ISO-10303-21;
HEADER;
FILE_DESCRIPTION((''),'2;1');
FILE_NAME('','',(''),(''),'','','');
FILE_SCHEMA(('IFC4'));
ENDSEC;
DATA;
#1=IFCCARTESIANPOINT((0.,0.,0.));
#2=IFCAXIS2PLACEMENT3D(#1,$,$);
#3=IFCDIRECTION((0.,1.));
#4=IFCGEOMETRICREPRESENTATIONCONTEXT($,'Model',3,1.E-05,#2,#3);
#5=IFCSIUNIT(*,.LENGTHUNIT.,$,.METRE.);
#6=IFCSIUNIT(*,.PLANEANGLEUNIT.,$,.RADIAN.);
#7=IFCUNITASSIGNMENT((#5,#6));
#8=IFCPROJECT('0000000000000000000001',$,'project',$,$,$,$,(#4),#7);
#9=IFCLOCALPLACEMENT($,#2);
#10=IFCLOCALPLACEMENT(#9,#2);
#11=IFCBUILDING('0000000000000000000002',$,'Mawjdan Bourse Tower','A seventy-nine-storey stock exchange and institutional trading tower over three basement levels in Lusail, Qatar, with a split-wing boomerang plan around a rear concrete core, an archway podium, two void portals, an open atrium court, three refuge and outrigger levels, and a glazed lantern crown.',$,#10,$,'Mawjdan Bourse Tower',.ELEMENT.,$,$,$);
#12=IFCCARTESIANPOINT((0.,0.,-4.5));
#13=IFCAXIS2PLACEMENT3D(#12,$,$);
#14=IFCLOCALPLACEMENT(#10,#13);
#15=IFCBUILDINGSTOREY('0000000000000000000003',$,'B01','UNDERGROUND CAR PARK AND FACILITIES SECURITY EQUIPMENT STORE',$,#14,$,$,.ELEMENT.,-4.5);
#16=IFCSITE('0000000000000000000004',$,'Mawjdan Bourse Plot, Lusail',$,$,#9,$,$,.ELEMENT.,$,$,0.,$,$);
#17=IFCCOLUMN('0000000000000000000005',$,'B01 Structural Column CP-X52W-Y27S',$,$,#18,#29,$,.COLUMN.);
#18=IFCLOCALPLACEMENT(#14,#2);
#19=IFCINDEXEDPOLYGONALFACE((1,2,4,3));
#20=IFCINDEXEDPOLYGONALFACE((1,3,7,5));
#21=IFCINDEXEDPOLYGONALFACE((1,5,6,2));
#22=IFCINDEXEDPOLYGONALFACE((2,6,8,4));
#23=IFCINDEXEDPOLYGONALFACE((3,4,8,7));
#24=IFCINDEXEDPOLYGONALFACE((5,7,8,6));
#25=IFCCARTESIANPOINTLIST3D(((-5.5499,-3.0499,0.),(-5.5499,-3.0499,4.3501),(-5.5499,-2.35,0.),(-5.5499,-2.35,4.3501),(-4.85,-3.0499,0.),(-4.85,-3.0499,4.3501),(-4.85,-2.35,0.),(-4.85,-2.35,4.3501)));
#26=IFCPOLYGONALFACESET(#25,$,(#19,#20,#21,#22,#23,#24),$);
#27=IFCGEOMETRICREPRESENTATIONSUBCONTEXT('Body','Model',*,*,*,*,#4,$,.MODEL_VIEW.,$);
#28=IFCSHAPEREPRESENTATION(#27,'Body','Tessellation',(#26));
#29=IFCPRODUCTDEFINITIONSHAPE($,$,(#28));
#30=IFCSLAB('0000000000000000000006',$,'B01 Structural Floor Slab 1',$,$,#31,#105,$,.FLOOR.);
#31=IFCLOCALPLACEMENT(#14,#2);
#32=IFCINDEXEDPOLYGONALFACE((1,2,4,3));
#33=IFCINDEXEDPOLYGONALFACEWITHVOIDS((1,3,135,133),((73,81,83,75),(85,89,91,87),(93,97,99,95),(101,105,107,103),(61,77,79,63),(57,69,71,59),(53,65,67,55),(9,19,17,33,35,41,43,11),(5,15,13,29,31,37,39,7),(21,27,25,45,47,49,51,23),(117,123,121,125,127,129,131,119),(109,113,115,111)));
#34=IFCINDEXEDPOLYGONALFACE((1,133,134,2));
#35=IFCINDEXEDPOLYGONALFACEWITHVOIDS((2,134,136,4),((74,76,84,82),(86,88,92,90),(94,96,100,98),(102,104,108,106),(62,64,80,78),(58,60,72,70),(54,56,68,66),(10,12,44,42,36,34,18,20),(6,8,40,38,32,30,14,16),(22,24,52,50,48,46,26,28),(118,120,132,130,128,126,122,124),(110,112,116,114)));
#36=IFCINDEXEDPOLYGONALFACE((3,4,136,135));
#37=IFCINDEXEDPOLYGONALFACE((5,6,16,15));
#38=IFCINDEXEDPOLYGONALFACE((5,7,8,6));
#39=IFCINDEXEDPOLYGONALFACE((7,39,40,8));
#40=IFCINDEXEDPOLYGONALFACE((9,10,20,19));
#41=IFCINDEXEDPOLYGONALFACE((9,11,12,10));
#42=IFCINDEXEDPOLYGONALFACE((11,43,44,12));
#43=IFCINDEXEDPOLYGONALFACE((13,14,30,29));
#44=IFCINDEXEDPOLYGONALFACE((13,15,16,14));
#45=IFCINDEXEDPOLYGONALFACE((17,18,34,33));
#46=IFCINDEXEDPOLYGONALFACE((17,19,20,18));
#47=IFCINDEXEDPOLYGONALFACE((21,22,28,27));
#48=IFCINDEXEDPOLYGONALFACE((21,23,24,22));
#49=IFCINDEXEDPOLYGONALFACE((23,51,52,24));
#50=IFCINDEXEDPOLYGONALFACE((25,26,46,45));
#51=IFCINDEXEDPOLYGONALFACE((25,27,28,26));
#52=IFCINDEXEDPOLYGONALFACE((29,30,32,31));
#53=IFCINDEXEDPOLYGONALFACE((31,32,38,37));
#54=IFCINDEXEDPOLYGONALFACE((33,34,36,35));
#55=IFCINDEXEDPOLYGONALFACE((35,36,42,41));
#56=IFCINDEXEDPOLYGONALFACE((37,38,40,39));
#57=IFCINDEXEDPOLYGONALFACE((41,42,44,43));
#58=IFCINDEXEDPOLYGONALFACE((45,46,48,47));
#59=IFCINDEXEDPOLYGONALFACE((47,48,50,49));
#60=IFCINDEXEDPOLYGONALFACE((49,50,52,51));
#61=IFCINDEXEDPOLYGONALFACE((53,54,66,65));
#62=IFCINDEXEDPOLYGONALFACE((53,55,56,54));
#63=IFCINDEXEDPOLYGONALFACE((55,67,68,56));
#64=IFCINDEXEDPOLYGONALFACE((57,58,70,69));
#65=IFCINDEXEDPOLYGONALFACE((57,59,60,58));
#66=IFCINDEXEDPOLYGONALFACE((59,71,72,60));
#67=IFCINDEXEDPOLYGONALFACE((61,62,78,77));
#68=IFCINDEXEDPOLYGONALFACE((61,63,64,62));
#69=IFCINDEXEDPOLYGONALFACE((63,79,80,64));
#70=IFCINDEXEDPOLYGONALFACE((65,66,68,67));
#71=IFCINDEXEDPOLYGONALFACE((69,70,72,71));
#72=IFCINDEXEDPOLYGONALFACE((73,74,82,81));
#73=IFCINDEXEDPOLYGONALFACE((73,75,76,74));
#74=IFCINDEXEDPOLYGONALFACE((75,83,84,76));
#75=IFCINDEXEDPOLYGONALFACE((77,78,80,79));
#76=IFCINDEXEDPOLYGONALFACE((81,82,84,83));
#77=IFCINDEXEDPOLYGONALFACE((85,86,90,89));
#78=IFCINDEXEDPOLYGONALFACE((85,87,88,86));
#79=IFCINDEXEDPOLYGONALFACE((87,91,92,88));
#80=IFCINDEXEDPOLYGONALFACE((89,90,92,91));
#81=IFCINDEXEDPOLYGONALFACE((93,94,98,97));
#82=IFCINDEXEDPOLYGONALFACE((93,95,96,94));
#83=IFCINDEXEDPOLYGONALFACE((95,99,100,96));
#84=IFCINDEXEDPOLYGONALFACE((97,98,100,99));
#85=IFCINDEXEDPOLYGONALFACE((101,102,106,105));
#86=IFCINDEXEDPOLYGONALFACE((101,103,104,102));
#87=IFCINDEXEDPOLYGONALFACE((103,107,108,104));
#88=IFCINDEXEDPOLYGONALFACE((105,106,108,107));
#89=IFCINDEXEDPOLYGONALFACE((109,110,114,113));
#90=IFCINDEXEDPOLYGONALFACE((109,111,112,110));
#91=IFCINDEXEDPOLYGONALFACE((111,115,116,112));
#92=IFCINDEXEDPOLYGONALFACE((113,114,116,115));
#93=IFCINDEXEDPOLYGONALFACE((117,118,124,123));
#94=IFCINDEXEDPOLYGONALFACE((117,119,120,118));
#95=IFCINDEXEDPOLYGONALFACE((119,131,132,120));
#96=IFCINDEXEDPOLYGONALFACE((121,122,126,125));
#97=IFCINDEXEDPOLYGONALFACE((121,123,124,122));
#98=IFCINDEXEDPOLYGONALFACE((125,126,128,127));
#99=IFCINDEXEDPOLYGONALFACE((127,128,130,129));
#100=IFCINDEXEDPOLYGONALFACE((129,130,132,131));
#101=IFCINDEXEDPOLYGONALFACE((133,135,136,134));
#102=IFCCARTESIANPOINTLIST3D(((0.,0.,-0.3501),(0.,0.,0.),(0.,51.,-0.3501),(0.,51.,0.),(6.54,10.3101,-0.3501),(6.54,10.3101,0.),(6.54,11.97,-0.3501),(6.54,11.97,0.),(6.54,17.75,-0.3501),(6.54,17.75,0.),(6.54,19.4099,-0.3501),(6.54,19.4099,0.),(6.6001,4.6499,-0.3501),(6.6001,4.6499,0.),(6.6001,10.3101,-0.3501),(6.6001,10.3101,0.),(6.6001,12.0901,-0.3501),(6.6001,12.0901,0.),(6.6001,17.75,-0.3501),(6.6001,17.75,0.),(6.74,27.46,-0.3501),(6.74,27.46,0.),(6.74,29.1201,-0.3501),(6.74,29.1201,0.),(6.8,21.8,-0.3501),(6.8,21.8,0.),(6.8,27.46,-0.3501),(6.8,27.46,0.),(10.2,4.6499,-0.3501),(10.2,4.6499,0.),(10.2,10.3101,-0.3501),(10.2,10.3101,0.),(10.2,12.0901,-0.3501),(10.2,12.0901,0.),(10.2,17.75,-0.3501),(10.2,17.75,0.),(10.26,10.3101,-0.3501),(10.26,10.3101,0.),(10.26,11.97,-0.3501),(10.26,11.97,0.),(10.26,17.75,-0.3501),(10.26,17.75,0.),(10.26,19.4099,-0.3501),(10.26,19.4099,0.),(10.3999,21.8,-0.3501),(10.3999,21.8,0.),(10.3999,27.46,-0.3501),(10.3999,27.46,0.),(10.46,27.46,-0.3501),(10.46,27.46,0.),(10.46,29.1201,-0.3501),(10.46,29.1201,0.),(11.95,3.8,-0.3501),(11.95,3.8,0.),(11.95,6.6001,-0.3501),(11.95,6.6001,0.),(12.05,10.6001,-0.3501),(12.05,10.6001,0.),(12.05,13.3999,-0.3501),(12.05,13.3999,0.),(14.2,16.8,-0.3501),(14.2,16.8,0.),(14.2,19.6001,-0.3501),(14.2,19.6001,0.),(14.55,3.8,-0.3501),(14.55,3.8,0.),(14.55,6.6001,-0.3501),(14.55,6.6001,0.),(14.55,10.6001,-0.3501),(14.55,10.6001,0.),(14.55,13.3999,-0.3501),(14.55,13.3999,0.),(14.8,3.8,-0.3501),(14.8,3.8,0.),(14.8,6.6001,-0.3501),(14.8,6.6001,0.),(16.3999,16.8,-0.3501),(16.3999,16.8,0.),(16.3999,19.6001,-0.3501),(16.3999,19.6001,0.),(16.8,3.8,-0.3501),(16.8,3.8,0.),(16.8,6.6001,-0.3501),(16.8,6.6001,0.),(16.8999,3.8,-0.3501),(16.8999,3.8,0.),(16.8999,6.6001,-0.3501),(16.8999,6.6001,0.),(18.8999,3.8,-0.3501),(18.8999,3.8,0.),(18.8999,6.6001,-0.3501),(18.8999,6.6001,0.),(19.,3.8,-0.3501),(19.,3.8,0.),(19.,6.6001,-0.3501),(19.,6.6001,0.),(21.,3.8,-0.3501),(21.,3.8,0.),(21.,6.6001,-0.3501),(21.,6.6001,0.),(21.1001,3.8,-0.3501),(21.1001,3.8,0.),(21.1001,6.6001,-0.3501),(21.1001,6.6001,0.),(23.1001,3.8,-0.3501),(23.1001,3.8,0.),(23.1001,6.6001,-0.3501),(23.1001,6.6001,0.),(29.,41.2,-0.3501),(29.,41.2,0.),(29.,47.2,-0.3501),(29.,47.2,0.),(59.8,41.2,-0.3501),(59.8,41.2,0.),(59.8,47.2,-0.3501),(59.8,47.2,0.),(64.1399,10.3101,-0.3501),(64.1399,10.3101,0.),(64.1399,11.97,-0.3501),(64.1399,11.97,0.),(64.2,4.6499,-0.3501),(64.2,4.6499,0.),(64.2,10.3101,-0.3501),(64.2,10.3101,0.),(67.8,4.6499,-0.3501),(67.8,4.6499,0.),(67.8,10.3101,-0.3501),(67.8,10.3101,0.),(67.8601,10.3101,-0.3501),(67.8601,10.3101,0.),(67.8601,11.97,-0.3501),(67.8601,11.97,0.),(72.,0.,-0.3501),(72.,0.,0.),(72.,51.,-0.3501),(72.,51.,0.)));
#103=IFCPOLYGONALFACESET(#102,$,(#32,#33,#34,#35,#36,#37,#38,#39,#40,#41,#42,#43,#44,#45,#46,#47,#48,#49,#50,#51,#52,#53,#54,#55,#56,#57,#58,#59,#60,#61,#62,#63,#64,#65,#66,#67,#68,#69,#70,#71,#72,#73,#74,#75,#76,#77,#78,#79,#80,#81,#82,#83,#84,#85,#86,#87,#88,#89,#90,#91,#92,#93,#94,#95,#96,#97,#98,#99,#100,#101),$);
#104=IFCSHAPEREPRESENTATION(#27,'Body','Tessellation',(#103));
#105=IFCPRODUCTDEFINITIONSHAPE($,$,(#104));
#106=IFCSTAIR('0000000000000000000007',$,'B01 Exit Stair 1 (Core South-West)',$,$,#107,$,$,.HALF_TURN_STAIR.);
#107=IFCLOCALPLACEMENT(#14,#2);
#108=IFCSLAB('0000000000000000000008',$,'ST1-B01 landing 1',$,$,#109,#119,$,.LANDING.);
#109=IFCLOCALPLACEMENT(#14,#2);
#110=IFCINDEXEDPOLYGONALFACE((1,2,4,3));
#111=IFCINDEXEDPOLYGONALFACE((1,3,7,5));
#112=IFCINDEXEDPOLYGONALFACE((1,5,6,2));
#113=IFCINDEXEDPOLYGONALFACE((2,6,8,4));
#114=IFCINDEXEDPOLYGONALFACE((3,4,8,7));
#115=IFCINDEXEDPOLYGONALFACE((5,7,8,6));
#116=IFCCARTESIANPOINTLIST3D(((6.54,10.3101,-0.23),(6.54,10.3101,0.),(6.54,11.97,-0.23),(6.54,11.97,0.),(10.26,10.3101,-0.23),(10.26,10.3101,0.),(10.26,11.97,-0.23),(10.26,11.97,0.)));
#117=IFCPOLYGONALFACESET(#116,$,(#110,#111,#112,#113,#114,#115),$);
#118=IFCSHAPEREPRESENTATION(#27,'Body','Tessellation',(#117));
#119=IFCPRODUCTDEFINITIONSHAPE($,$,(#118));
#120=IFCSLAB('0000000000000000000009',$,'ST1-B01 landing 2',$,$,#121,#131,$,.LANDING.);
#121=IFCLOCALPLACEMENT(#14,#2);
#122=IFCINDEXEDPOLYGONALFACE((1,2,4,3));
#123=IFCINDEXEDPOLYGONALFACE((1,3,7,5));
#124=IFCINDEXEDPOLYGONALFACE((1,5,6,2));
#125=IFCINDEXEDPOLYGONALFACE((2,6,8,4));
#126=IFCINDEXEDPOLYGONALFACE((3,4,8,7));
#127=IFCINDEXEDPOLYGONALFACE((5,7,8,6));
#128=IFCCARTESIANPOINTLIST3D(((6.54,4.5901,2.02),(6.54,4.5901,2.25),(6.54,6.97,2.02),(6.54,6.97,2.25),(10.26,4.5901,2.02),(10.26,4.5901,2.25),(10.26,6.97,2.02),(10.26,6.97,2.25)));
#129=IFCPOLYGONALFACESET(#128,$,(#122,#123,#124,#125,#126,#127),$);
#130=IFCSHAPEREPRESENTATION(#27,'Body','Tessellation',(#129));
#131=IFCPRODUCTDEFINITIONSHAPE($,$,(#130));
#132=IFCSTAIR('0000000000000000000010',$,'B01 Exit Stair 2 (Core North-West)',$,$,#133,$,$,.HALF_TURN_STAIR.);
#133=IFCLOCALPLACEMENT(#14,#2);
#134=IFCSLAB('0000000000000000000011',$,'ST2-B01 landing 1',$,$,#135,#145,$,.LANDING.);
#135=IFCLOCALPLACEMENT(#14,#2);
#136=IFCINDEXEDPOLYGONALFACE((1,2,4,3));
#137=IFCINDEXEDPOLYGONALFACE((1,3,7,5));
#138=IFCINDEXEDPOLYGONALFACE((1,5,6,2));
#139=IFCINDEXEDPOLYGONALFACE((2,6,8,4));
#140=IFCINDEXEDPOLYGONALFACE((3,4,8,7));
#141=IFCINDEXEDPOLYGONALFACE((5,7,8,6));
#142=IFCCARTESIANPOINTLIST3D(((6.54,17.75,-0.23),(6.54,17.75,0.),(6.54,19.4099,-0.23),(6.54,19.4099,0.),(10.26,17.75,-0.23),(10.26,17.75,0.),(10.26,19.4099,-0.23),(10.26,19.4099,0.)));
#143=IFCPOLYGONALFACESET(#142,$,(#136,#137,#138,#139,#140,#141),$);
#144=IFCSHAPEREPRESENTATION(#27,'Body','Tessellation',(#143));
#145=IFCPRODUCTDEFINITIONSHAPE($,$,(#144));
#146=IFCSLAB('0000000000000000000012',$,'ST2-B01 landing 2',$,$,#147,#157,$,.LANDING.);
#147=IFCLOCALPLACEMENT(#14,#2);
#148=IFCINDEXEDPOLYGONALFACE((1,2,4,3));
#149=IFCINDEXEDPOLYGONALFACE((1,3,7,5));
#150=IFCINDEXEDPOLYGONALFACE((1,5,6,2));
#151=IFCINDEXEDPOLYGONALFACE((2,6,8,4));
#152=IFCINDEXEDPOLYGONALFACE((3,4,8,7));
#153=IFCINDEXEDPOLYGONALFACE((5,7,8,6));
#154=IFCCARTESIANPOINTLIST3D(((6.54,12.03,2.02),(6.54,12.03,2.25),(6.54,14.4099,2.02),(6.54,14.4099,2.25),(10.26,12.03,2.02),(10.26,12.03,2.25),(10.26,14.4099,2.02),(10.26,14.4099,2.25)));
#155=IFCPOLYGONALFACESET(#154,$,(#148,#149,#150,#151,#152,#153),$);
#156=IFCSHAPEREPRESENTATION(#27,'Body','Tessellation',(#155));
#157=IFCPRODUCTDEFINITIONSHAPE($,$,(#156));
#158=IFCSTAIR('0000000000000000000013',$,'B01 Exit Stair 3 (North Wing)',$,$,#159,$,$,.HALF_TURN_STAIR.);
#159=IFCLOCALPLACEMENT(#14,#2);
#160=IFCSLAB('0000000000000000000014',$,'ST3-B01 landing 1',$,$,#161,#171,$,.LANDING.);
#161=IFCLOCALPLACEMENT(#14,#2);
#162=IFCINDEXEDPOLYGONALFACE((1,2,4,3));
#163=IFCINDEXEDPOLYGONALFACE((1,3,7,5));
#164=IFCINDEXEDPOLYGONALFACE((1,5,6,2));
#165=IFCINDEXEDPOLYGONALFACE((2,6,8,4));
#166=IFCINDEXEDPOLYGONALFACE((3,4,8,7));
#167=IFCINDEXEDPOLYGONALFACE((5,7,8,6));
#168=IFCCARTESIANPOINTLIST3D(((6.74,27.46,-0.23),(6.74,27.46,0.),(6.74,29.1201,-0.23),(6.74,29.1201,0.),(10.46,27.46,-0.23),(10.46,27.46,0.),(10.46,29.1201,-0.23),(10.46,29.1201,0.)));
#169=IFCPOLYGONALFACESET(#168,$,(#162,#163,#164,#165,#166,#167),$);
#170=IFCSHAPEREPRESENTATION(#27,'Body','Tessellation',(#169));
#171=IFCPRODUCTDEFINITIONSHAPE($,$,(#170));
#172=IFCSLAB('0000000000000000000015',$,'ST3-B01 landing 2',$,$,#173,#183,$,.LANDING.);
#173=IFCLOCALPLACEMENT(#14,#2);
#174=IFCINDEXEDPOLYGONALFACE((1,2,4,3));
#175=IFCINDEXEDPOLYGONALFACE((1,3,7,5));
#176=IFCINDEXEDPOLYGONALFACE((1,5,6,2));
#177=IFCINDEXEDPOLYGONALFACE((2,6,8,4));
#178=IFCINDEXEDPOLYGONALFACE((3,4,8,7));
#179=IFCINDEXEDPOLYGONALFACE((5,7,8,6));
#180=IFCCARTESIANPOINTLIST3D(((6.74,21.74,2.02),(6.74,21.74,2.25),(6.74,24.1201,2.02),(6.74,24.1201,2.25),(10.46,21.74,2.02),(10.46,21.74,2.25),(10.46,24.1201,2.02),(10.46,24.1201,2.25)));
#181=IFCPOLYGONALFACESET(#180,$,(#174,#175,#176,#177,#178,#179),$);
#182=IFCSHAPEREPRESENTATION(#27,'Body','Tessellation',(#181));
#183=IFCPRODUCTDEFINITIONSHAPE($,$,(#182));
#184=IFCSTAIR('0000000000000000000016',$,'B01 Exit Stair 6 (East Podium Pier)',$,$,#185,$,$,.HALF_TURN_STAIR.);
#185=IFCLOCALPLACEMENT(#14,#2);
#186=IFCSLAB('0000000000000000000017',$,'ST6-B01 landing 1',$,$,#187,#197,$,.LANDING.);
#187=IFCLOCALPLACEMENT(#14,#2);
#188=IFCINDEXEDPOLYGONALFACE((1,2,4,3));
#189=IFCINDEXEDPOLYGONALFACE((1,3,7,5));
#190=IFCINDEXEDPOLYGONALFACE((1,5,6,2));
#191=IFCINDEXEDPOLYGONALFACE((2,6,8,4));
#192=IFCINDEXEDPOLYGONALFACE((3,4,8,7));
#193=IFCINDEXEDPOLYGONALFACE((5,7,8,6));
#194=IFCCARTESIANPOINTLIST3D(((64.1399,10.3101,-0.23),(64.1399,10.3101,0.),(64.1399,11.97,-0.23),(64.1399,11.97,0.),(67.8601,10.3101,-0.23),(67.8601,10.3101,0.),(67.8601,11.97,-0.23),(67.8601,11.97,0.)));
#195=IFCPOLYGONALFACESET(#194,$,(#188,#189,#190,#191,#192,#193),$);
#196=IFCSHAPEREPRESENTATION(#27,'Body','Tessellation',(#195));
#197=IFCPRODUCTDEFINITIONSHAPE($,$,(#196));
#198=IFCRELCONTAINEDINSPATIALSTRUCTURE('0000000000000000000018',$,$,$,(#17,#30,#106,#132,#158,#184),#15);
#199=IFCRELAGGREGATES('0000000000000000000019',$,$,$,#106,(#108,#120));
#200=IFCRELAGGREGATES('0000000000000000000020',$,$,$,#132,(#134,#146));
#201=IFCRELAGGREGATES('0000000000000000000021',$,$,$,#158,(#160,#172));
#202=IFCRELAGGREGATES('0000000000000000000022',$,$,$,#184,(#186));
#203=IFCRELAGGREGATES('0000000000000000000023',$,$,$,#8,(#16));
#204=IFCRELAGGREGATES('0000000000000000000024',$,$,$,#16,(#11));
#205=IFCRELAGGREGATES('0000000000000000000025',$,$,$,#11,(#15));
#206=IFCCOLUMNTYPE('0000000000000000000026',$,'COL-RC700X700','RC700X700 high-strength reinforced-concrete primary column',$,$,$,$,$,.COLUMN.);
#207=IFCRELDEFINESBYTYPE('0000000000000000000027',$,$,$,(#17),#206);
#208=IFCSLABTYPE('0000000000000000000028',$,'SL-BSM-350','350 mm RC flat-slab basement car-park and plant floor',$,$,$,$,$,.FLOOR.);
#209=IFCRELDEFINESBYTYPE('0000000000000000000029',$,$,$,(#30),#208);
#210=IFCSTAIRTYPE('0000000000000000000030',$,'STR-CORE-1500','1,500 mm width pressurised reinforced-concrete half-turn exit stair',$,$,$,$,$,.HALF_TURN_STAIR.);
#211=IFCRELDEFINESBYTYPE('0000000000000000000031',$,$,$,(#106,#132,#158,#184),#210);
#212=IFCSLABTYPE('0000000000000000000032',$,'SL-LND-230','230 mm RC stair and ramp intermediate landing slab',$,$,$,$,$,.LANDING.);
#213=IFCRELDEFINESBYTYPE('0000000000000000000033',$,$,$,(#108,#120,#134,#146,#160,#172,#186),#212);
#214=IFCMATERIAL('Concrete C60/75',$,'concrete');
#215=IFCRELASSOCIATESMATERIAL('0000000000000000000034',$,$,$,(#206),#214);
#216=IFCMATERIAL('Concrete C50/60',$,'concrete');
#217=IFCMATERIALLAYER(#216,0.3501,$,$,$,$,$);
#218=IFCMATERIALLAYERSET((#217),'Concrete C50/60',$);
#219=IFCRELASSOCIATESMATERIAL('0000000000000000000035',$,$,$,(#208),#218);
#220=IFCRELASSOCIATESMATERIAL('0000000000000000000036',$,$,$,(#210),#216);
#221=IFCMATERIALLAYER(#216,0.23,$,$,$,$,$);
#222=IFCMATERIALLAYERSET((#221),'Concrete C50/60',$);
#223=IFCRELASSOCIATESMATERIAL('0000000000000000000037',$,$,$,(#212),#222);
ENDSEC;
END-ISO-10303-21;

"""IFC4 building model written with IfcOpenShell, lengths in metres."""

from ifc_helpers import new_model, si_unit, direction, frame, origin, origin_2d, place, context, subcontext, project, spatial, polyline, rectangle, outline, extrude, material, layer, layer_set, material_profile, profile_set, type_object, element, aggregate, save


model = new_model("IFC4")

# Units and contexts
model_context = context("Model", 3, precision=1e-05, world=origin(), true_north=direction((0.0, 1.0)))
body_context = subcontext(model_context, "Body", "Model", "MODEL_VIEW")
ifc_project = project(units=[si_unit("LENGTHUNIT", "METRE"), si_unit("PLANEANGLEUNIT", "RADIAN")], contexts=[model_context])

# Site, building, storey
site_placement = place(None, origin())
site = spatial("IfcSite", under=ifc_project, at=site_placement, Name="Mawjdan Bourse Plot, Lusail", CompositionType="ELEMENT", RefElevation=0.0)
building_placement = place(site_placement, origin())
building = spatial("IfcBuilding", under=site, at=building_placement, Name="Mawjdan Bourse Tower", Description="A seventy-nine-storey stock exchange and institutional trading tower over three basement levels in Lusail, Qatar, with a split-wing boomerang plan around a rear concrete core, an archway podium, two void portals, an open atrium court, three refuge and outrigger levels, and a glazed lantern crown.", LongName="Mawjdan Bourse Tower", CompositionType="ELEMENT")
storey_placement = place(building_placement, frame((0.0, 0.0, -4.5)))
storey = spatial("IfcBuildingStorey", under=building, at=storey_placement, Name="B01", Description="UNDERGROUND CAR PARK AND FACILITIES SECURITY EQUIPMENT STORE", CompositionType="ELEMENT", Elevation=-4.5)

# Column
ifc_material_1 = material(Name="Concrete C60/75", Category="concrete")
ifc_material_profile = material_profile(ifc_material_1, rectangle(XDim=0.7, YDim=0.7, at=origin_2d()), Name="RC700X700")
ifc_profile_set = profile_set([ifc_material_profile], Name="Concrete C60/75")
column_type = type_object("IfcColumnType", Name="COL-RC700X700", Description="RC700X700 high-strength reinforced-concrete primary column", PredefinedType="COLUMN", material=ifc_profile_set)
column_placement = place(storey_placement, frame((-5.2, -2.7, 0.0), z_axis=(0.0, 0.0, 1.0), x_axis=(1.0, 0.0, 0.0)))
element("IfcColumn", 1, at=column_placement, inside=storey, type_object=column_type, Name="B01 Structural Column CP-X52W-Y27S", PredefinedType="COLUMN", context=body_context, shape_type="SweptSolid", body=[
    extrude(rectangle(XDim=0.7, YDim=0.7, at=origin_2d()), origin(), (0.0, 0.0, 1.0), 4.3501),
])

# Slab
ifc_material_2 = material(Name="Concrete C50/60", Category="concrete")
ifc_layer_1 = layer(ifc_material_2, 0.3501)
ifc_layer_set_1 = layer_set([ifc_layer_1], Name="Concrete C50/60")
slab_type_1 = type_object("IfcSlabType", Name="SL-BSM-350", Description="350 mm RC flat-slab basement car-park and plant floor", PredefinedType="FLOOR", material=ifc_layer_set_1)
slab_1_placement = place(storey_placement, frame((0.0, 0.0, -0.3501)))
element("IfcSlab", 2, at=slab_1_placement, inside=storey, type_object=slab_type_1, Name="B01 Structural Floor Slab 1", PredefinedType="FLOOR", context=body_context, shape_type="SweptSolid", body=[
    extrude(outline(polyline([(0.0, 0.0), (72.0, 0.0), (72.0, 51.0), (0.0, 51.0), (0.0, 0.0)]), holes=[polyline([(11.95, 3.8), (11.95, 6.6001), (14.55, 6.6001), (14.55, 3.8), (11.95, 3.8)]), polyline([(6.6001, 10.3101), (6.54, 10.3101), (6.54, 11.97), (10.26, 11.97), (10.26, 10.3101), (10.2, 10.3101), (10.2, 4.6499), (6.6001, 4.6499), (6.6001, 10.3101)]), polyline([(12.05, 10.6001), (12.05, 13.3999), (14.55, 13.3999), (14.55, 10.6001), (12.05, 10.6001)]), polyline([(10.26, 19.4099), (10.26, 17.75), (10.2, 17.75), (10.2, 12.0901), (6.6001, 12.0901), (6.6001, 17.75), (6.54, 17.75), (6.54, 19.4099), (10.26, 19.4099)]), polyline([(10.46, 29.1201), (10.46, 27.46), (10.3999, 27.46), (10.3999, 21.8), (6.8, 21.8), (6.8, 27.46), (6.74, 27.46), (6.74, 29.1201), (10.46, 29.1201)]), polyline([(14.8, 3.8), (14.8, 6.6001), (16.8, 6.6001), (16.8, 3.8), (14.8, 3.8)]), polyline([(16.8999, 3.8), (16.8999, 6.6001), (18.8999, 6.6001), (18.8999, 3.8), (16.8999, 3.8)]), polyline([(19.0, 3.8), (19.0, 6.6001), (21.0, 6.6001), (21.0, 3.8), (19.0, 3.8)]), polyline([(21.1001, 3.8), (21.1001, 6.6001), (23.1001, 6.6001), (23.1001, 3.8), (21.1001, 3.8)]), polyline([(67.8601, 11.97), (67.8601, 10.3101), (67.8, 10.3101), (67.8, 4.6499), (64.2, 4.6499), (64.2, 10.3101), (64.1399, 10.3101), (64.1399, 11.97), (67.8601, 11.97)]), polyline([(14.2, 16.8), (14.2, 19.6001), (16.3999, 19.6001), (16.3999, 16.8), (14.2, 16.8)]), polyline([(29.0, 41.2), (29.0, 47.2), (59.8, 47.2), (59.8, 41.2), (29.0, 41.2)])]), origin(), (0.0, 0.0, 1.0), 0.3501),
])

# Stairs, slabs
stair_type = type_object("IfcStairType", Name="STR-CORE-1500", Description="1,500 mm width pressurised reinforced-concrete half-turn exit stair", PredefinedType="HALF_TURN_STAIR", material=ifc_material_2)
stair_1_placement = place(storey_placement, origin())
stair_1 = element("IfcStair", 3, at=stair_1_placement, inside=storey, type_object=stair_type, Name="B01 Exit Stair 1 (Core South-West)", PredefinedType="HALF_TURN_STAIR")
ifc_layer_2 = layer(ifc_material_2, 0.23)
ifc_layer_set_2 = layer_set([ifc_layer_2], Name="Concrete C50/60")
slab_type_2 = type_object("IfcSlabType", Name="SL-LND-230", Description="230 mm RC stair and ramp intermediate landing slab", PredefinedType="LANDING", material=ifc_layer_set_2)
slab_2_placement = place(storey_placement, frame((0.0, 0.0, -0.23)))
slab_2 = element("IfcSlab", 4, at=slab_2_placement, type_object=slab_type_2, Name="ST1-B01 landing 1", PredefinedType="LANDING", context=body_context, shape_type="SweptSolid", body=[
    extrude(outline(polyline([(6.54, 10.3101), (10.26, 10.3101), (10.26, 11.97), (6.54, 11.97), (6.54, 10.3101)])), origin(), (0.0, 0.0, 1.0), 0.23),
])
slab_3_placement = place(storey_placement, frame((0.0, 0.0, 2.02)))
slab_3 = element("IfcSlab", 5, at=slab_3_placement, type_object=slab_type_2, Name="ST1-B01 landing 2", PredefinedType="LANDING", context=body_context, shape_type="SweptSolid", body=[
    extrude(outline(polyline([(6.54, 4.5901), (10.26, 4.5901), (10.26, 6.97), (6.54, 6.97), (6.54, 4.5901)])), origin(), (0.0, 0.0, 1.0), 0.23),
])
aggregate(stair_1, [slab_2, slab_3])
stair_2_placement = place(storey_placement, origin())
stair_2 = element("IfcStair", 6, at=stair_2_placement, inside=storey, type_object=stair_type, Name="B01 Exit Stair 2 (Core North-West)", PredefinedType="HALF_TURN_STAIR")
slab_4_placement = place(storey_placement, frame((0.0, 0.0, -0.23)))
slab_4 = element("IfcSlab", 7, at=slab_4_placement, type_object=slab_type_2, Name="ST2-B01 landing 1", PredefinedType="LANDING", context=body_context, shape_type="SweptSolid", body=[
    extrude(outline(polyline([(6.54, 17.75), (10.26, 17.75), (10.26, 19.4099), (6.54, 19.4099), (6.54, 17.75)])), origin(), (0.0, 0.0, 1.0), 0.23),
])
slab_5_placement = place(storey_placement, frame((0.0, 0.0, 2.02)))
slab_5 = element("IfcSlab", 8, at=slab_5_placement, type_object=slab_type_2, Name="ST2-B01 landing 2", PredefinedType="LANDING", context=body_context, shape_type="SweptSolid", body=[
    extrude(outline(polyline([(6.54, 12.03), (10.26, 12.03), (10.26, 14.4099), (6.54, 14.4099), (6.54, 12.03)])), origin(), (0.0, 0.0, 1.0), 0.23),
])
aggregate(stair_2, [slab_4, slab_5])
stair_3_placement = place(storey_placement, origin())
stair_3 = element("IfcStair", 9, at=stair_3_placement, inside=storey, type_object=stair_type, Name="B01 Exit Stair 3 (North Wing)", PredefinedType="HALF_TURN_STAIR")
slab_6_placement = place(storey_placement, frame((0.0, 0.0, -0.23)))
slab_6 = element("IfcSlab", 10, at=slab_6_placement, type_object=slab_type_2, Name="ST3-B01 landing 1", PredefinedType="LANDING", context=body_context, shape_type="SweptSolid", body=[
    extrude(outline(polyline([(6.74, 27.46), (10.46, 27.46), (10.46, 29.1201), (6.74, 29.1201), (6.74, 27.46)])), origin(), (0.0, 0.0, 1.0), 0.23),
])
slab_7_placement = place(storey_placement, frame((0.0, 0.0, 2.02)))
slab_7 = element("IfcSlab", 11, at=slab_7_placement, type_object=slab_type_2, Name="ST3-B01 landing 2", PredefinedType="LANDING", context=body_context, shape_type="SweptSolid", body=[
    extrude(outline(polyline([(6.74, 21.74), (10.46, 21.74), (10.46, 24.1201), (6.74, 24.1201), (6.74, 21.74)])), origin(), (0.0, 0.0, 1.0), 0.23),
])
aggregate(stair_3, [slab_6, slab_7])
stair_4_placement = place(storey_placement, origin())
stair_4 = element("IfcStair", 12, at=stair_4_placement, inside=storey, type_object=stair_type, Name="B01 Exit Stair 6 (East Podium Pier)", PredefinedType="HALF_TURN_STAIR")
slab_8_placement = place(storey_placement, frame((0.0, 0.0, -0.23)))
slab_8 = element("IfcSlab", 13, at=slab_8_placement, type_object=slab_type_2, Name="ST6-B01 landing 1", PredefinedType="LANDING", context=body_context, shape_type="SweptSolid", body=[
    extrude(outline(polyline([(64.1399, 10.3101), (67.8601, 10.3101), (67.8601, 11.97), (64.1399, 11.97), (64.1399, 10.3101)])), origin(), (0.0, 0.0, 1.0), 0.23),
])
aggregate(stair_4, [slab_8])

save(model, "model.ifc")
